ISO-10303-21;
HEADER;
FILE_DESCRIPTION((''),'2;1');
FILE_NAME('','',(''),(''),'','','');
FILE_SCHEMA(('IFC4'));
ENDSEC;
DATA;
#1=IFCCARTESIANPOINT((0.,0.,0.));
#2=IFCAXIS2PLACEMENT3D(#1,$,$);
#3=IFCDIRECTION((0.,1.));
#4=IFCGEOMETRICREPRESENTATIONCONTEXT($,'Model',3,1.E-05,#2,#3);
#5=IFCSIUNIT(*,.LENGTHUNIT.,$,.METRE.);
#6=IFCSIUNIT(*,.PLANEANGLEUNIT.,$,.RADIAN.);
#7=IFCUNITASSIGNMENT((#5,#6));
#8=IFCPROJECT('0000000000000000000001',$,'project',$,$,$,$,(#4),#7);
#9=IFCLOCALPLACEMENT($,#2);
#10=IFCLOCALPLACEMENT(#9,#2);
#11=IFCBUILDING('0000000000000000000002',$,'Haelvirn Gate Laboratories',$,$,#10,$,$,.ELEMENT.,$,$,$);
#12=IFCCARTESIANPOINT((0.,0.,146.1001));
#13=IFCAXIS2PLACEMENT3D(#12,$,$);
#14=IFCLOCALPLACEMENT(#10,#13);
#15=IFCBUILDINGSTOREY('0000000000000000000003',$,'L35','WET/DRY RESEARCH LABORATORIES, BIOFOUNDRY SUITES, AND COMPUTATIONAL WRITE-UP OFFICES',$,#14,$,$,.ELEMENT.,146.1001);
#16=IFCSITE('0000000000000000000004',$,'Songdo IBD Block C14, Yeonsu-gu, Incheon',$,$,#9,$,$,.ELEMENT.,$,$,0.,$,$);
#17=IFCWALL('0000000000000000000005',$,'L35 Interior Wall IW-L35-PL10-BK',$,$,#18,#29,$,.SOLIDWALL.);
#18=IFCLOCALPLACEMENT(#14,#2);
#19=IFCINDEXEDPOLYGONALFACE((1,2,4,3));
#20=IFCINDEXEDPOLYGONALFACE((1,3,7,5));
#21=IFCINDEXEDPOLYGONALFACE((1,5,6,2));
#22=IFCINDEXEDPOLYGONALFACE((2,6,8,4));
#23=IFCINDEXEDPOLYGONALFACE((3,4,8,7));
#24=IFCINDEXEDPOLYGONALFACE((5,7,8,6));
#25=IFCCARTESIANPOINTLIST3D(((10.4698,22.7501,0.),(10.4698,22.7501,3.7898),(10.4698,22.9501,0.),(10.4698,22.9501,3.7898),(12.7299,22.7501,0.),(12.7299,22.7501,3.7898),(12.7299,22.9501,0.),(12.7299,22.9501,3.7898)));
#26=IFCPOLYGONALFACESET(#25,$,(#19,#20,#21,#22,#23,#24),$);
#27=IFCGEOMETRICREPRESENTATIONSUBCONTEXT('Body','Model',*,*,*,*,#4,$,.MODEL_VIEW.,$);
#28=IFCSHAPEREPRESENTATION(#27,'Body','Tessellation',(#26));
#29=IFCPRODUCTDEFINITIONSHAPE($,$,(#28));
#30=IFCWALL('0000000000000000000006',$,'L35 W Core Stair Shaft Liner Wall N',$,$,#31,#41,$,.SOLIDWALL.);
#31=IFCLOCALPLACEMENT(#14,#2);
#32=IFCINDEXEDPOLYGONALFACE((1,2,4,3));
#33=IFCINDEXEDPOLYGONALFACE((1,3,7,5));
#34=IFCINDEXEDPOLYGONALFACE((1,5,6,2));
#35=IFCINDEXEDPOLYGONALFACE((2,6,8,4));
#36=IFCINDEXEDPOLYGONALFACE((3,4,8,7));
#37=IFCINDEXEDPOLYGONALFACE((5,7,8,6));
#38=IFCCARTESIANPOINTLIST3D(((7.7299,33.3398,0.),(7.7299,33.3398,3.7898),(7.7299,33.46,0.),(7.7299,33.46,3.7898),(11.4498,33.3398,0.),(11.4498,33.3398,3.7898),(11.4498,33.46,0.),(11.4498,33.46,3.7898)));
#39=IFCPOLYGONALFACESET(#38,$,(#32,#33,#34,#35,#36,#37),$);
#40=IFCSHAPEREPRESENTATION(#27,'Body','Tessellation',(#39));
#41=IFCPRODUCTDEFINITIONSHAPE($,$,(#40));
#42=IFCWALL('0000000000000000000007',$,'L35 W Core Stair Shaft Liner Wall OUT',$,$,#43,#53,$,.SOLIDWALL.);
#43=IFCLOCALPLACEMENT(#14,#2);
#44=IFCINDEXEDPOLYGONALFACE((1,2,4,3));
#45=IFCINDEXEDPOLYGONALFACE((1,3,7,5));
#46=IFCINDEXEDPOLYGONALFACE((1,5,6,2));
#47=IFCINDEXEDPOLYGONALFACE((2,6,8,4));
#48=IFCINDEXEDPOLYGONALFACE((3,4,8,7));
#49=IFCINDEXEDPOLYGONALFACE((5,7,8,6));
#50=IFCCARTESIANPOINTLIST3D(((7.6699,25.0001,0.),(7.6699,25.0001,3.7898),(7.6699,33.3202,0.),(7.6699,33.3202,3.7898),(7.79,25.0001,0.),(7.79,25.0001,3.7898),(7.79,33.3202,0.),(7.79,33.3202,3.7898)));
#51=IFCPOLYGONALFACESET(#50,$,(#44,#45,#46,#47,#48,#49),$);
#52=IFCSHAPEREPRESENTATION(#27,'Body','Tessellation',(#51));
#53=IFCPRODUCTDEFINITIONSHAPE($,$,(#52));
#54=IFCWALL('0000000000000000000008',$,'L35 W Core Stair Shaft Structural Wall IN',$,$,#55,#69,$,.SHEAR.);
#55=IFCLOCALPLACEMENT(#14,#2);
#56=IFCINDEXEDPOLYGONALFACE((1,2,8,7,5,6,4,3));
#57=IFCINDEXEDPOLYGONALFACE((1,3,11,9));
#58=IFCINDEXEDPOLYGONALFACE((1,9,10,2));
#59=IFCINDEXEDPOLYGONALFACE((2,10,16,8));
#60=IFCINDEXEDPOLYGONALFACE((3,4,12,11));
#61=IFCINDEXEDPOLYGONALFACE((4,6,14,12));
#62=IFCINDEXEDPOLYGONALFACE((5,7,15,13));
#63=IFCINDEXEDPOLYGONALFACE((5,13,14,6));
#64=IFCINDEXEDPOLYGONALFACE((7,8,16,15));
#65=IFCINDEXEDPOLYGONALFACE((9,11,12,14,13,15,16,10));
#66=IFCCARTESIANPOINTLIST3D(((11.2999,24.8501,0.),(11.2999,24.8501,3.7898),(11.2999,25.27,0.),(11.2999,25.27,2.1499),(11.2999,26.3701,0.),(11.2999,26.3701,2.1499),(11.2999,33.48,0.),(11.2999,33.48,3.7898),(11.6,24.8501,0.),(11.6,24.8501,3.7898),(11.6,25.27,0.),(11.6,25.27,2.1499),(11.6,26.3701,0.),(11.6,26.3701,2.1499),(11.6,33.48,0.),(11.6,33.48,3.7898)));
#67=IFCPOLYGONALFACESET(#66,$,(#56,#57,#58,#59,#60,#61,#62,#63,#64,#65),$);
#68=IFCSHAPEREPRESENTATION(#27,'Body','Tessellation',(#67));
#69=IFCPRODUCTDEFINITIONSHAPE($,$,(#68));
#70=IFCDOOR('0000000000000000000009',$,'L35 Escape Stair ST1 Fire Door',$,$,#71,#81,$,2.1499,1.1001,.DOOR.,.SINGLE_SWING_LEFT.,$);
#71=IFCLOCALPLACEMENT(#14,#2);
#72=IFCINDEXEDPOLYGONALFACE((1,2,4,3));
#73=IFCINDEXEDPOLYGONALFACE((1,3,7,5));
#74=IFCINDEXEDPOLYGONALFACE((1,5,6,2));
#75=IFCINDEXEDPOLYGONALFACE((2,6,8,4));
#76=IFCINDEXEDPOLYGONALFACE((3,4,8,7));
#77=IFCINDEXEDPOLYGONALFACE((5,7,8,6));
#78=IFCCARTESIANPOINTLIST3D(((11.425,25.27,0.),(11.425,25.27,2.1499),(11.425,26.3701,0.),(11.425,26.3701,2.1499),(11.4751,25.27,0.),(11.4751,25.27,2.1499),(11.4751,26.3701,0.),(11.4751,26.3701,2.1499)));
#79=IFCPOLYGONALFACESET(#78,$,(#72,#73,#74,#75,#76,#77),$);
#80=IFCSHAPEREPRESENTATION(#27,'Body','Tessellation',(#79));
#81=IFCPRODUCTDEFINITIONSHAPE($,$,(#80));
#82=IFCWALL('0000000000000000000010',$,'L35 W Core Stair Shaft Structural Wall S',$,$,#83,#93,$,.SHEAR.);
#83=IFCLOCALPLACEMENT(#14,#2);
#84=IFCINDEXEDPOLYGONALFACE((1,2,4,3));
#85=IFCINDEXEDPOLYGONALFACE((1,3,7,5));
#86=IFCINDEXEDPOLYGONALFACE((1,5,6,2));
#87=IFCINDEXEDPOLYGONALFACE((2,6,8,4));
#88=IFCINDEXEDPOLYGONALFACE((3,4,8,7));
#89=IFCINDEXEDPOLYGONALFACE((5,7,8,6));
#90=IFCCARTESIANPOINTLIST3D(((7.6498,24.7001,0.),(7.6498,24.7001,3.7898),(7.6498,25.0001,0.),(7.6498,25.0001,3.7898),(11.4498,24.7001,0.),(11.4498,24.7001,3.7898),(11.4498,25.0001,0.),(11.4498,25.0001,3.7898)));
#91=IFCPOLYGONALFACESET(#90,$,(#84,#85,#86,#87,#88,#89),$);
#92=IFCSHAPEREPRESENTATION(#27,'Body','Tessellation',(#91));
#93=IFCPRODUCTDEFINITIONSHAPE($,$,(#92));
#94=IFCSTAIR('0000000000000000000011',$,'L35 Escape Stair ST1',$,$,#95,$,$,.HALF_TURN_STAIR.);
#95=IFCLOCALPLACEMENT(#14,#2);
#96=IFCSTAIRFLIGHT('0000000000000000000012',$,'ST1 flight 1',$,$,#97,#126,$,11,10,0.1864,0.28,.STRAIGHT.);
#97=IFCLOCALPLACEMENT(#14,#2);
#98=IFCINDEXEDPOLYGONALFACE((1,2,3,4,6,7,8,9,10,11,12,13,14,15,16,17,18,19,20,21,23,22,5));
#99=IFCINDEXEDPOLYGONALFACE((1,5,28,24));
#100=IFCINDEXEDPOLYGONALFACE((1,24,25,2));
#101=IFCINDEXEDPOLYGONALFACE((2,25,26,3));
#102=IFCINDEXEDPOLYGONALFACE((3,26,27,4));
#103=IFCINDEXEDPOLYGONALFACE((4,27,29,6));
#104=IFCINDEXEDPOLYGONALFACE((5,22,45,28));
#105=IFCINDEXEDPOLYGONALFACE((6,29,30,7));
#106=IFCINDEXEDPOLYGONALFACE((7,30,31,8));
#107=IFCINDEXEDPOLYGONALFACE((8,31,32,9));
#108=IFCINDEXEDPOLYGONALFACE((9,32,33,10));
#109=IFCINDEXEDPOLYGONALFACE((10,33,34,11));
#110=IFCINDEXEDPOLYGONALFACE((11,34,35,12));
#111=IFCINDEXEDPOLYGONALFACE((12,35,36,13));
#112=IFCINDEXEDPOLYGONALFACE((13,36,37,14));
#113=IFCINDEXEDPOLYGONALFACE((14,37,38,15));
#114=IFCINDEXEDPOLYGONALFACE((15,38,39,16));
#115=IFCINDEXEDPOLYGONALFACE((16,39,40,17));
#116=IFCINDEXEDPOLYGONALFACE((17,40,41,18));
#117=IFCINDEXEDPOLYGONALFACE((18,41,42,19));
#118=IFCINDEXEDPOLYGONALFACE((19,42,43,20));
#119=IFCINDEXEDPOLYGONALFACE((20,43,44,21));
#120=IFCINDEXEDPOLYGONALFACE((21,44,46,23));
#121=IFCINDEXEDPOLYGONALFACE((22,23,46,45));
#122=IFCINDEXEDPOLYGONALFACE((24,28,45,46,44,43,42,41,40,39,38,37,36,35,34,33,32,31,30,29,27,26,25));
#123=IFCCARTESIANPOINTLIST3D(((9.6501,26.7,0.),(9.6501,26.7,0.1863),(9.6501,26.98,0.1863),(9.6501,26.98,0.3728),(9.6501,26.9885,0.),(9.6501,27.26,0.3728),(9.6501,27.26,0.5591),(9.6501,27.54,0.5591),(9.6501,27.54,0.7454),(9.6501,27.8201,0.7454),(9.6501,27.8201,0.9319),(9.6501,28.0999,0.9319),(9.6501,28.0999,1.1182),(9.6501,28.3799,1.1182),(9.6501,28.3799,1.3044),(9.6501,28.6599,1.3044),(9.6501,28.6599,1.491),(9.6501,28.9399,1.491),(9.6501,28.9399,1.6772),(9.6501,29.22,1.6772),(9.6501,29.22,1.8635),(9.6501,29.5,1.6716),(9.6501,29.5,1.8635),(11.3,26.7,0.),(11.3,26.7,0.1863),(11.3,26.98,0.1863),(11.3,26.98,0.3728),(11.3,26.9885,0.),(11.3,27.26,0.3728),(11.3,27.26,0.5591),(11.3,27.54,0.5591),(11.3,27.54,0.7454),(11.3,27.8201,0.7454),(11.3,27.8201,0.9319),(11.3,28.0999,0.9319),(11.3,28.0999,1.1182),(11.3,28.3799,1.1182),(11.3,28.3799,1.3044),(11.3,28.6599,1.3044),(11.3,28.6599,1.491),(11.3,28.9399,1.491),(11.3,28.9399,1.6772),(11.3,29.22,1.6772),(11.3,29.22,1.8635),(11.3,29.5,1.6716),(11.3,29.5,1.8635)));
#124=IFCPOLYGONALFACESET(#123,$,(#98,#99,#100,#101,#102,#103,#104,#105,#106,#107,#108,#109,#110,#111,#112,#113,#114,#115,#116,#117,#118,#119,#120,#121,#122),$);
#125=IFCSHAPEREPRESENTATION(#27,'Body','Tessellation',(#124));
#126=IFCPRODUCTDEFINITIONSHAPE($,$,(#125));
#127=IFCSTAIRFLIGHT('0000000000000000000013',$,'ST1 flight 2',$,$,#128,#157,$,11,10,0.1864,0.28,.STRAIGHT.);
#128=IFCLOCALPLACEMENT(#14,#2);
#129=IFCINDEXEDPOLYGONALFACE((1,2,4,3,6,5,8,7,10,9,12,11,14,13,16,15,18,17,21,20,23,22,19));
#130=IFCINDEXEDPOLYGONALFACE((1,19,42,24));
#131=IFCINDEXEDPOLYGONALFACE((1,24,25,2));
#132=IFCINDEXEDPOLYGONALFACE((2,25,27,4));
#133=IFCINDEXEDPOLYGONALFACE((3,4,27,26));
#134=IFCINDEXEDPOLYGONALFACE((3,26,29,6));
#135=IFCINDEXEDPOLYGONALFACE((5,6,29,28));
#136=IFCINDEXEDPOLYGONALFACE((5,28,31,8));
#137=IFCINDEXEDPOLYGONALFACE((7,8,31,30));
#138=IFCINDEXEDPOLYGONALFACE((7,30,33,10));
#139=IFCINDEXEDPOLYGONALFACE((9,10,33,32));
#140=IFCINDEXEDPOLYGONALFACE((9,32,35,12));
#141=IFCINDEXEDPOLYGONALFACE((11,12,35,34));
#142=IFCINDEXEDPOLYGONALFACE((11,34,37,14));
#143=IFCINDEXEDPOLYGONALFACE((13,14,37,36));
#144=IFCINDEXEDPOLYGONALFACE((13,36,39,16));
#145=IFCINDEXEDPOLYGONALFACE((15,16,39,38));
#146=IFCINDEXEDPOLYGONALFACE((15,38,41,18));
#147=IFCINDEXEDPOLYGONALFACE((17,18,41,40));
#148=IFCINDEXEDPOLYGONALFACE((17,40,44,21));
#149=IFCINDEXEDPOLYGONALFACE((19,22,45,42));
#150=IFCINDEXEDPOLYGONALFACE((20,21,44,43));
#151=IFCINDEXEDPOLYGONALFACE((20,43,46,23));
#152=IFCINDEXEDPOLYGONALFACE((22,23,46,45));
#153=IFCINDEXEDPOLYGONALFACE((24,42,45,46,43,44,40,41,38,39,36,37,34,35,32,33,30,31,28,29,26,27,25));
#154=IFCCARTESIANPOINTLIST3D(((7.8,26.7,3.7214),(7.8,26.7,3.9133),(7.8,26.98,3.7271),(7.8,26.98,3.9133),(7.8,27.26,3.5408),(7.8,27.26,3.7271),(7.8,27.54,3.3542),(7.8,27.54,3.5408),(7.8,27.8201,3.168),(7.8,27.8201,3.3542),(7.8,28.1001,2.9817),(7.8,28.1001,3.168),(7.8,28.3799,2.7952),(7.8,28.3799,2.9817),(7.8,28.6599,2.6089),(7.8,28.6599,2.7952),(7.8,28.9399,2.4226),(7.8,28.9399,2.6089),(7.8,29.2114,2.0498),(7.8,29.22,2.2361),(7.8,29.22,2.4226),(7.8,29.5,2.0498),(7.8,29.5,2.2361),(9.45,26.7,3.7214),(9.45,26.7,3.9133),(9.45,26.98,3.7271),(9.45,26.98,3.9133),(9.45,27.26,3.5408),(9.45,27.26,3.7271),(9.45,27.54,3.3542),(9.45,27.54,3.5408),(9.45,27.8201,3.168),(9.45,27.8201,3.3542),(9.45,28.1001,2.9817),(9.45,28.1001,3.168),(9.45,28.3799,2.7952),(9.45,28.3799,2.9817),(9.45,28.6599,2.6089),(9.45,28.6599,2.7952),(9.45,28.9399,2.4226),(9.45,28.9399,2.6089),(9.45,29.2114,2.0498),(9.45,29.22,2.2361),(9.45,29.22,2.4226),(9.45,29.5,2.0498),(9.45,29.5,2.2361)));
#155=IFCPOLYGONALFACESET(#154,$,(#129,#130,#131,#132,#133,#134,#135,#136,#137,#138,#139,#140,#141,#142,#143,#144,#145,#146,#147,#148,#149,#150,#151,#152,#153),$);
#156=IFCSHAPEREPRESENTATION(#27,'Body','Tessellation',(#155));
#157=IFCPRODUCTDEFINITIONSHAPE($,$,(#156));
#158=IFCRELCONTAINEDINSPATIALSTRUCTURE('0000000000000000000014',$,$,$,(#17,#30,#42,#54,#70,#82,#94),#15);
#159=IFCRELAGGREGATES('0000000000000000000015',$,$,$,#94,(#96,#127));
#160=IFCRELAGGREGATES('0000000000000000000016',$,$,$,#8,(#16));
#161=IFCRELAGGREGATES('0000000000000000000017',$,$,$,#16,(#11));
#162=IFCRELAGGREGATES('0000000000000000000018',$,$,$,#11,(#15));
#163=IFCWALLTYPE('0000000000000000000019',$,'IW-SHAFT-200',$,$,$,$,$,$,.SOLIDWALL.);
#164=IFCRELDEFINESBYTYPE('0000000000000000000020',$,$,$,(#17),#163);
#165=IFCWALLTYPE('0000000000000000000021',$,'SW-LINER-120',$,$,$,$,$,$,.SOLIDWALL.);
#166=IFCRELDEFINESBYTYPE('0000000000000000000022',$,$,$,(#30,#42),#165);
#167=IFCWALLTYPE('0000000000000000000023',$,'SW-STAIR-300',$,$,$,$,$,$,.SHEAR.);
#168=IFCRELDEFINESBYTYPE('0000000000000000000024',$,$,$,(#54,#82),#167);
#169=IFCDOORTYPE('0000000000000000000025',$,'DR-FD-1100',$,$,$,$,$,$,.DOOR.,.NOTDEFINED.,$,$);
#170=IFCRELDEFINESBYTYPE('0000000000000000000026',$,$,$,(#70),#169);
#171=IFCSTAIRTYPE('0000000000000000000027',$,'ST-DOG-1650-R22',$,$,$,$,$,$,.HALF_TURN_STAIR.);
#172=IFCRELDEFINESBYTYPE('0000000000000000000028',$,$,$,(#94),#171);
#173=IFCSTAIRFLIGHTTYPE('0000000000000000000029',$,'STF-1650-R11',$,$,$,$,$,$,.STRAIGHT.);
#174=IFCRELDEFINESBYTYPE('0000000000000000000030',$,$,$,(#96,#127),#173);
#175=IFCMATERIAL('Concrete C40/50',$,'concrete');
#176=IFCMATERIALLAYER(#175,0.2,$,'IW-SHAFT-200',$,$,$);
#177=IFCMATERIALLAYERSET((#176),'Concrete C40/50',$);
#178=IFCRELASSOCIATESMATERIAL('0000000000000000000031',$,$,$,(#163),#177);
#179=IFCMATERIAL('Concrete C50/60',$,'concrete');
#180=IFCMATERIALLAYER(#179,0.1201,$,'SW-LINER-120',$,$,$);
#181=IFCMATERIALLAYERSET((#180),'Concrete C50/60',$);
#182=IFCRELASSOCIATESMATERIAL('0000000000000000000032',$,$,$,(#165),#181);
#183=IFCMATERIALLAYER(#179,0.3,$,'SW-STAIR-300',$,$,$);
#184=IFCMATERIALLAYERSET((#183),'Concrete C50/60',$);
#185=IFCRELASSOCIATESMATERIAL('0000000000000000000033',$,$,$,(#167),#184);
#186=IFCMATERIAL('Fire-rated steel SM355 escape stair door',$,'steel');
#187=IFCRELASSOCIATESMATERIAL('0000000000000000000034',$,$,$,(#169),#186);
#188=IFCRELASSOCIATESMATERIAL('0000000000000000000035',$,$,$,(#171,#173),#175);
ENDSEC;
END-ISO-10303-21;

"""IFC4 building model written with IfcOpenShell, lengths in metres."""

from ifc_helpers import new_model, si_unit, direction, frame, frame_2d, origin, place, context, subcontext, project, spatial, polyline, rectangle, outline, extrude, source, transform, mapped, material, layer, layer_set, type_object, type_shapes, element, fill, aggregate, save


model = new_model("IFC4")

# Units and contexts
model_context = context("Model", 3, precision=1e-05, world=origin(), true_north=direction((0.0, 1.0)))
body_context = subcontext(model_context, "Body", "Model", "MODEL_VIEW")
ifc_project = project(units=[si_unit("LENGTHUNIT", "METRE"), si_unit("PLANEANGLEUNIT", "RADIAN")], contexts=[model_context])

# Site, building, storey
site_placement = place(None, origin())
site = spatial("IfcSite", under=ifc_project, at=site_placement, Name="Songdo IBD Block C14, Yeonsu-gu, Incheon", CompositionType="ELEMENT", RefElevation=0.0)
building_placement = place(site_placement, origin())
building = spatial("IfcBuilding", under=site, at=building_placement, Name="Haelvirn Gate Laboratories", CompositionType="ELEMENT")
storey_placement = place(building_placement, frame((0.0, 0.0, 146.1001)))
storey = spatial("IfcBuildingStorey", under=building, at=storey_placement, Name="L35", Description="WET/DRY RESEARCH LABORATORIES, BIOFOUNDRY SUITES, AND COMPUTATIONAL WRITE-UP OFFICES", CompositionType="ELEMENT", Elevation=146.1001)

# Wall
ifc_material_1 = material(Name="Concrete C40/50", Category="concrete")
ifc_layer_1 = layer(ifc_material_1, 0.2, Name="IW-SHAFT-200")
ifc_layer_set_1 = layer_set([ifc_layer_1], Name="Concrete C40/50")
wall_type_1 = type_object("IfcWallType", Name="IW-SHAFT-200", PredefinedType="SOLIDWALL", material=ifc_layer_set_1)
wall_1_placement = place(storey_placement, frame((10.47, 22.8501, 0.0), z_axis=(0.0, 0.0, 1.0), x_axis=(1.0, 0.0, 0.0)))
element("IfcWall", 1, at=wall_1_placement, inside=storey, type_object=wall_type_1, Name="L35 Interior Wall IW-L35-PL10-BK", PredefinedType="SOLIDWALL", context=body_context, shape_type="SweptSolid", body=[
    extrude(rectangle(XDim=2.26, YDim=0.2, at=frame_2d((1.1299, 0.0))), origin(), (0.0, 0.0, 1.0), 3.7898),
])

# Walls
ifc_material_2 = material(Name="Concrete C50/60", Category="concrete")
ifc_layer_2 = layer(ifc_material_2, 0.1201, Name="SW-LINER-120")
ifc_layer_set_2 = layer_set([ifc_layer_2], Name="Concrete C50/60")
wall_type_2 = type_object("IfcWallType", Name="SW-LINER-120", PredefinedType="SOLIDWALL", material=ifc_layer_set_2)
wall_2_placement = place(storey_placement, frame((7.73, 33.3999, 0.0), z_axis=(0.0, 0.0, 1.0), x_axis=(1.0, 0.0, 0.0)))
element("IfcWall", 2, at=wall_2_placement, inside=storey, type_object=wall_type_2, Name="L35 W Core Stair Shaft Liner Wall N", PredefinedType="SOLIDWALL", context=body_context, shape_type="SweptSolid", body=[
    extrude(rectangle(XDim=3.72, YDim=0.1201, at=frame_2d((1.8599, 0.0))), origin(), (0.0, 0.0, 1.0), 3.7898),
])
wall_3_placement = place(storey_placement, frame((7.73, 25.0, 0.0), z_axis=(0.0, 0.0, 1.0), x_axis=(0.0, 1.0, 0.0)))
element("IfcWall", 3, at=wall_3_placement, inside=storey, type_object=wall_type_2, Name="L35 W Core Stair Shaft Liner Wall OUT", PredefinedType="SOLIDWALL", context=body_context, shape_type="SweptSolid", body=[
    extrude(rectangle(XDim=8.3201, YDim=0.1201, at=frame_2d((4.1602, 0.0))), origin(), (0.0, 0.0, 1.0), 3.7898),
])

# Wall, opening, door
ifc_layer_3 = layer(ifc_material_2, 0.3, Name="SW-STAIR-300")
ifc_layer_set_3 = layer_set([ifc_layer_3], Name="Concrete C50/60")
wall_type_3 = type_object("IfcWallType", Name="SW-STAIR-300", PredefinedType="SHEAR", material=ifc_layer_set_3)
wall_4_placement = place(storey_placement, frame((11.45, 24.8501, 0.0), z_axis=(0.0, 0.0, 1.0), x_axis=(0.0, 1.0, 0.0)))
wall_4 = element("IfcWall", 4, at=wall_4_placement, inside=storey, type_object=wall_type_3, Name="L35 W Core Stair Shaft Structural Wall IN", PredefinedType="SHEAR", context=body_context, shape_type="SweptSolid", body=[
    extrude(rectangle(XDim=8.6299, YDim=0.3, at=frame_2d((4.3149, 0.0))), origin(), (0.0, 0.0, 1.0), 3.7898),
])
opening_1_placement = place(wall_4_placement, frame((0.4199, 0.0, 0.0)))
opening_1 = element("IfcOpeningElement", 5, at=opening_1_placement, cuts=wall_4, PredefinedType="OPENING", context=body_context, shape_type="SweptSolid", body=[
    extrude(rectangle(XDim=1.1001, YDim=2.1499, at=frame_2d((0.55, 1.075))), frame((0.0, 0.1602, 0.0), z_axis=(0.0, -1.0, 0.0), x_axis=(1.0, 0.0, 0.0)), (0.0, 0.0, 1.0), 0.3201),
])
ifc_material_3 = material(Name="Fire-rated steel SM355 escape stair door", Category="steel")
door_type_1 = type_object("IfcDoorType", Name="DR-FD-1100", OperationType="NOTDEFINED", PredefinedType="DOOR", material=ifc_material_3)
shared_shape_1 = source(origin(), body_context, "Body", "SweptSolid", [
    extrude(rectangle(XDim=1.1001, YDim=2.1499, at=frame_2d((0.55, 1.075))), frame((0.0, 0.0249, 0.0), z_axis=(0.0, -1.0, 0.0), x_axis=(1.0, 0.0, 0.0)), (0.0, 0.0, 1.0), 0.05),
])
type_shapes(door_type_1, [shared_shape_1])
door_1_placement = place(opening_1_placement, origin())
door_1 = element("IfcDoor", 6, at=door_1_placement, inside=storey, type_object=door_type_1, Name="L35 Escape Stair ST1 Fire Door", OperationType="SINGLE_SWING_LEFT", OverallHeight=2.1499, OverallWidth=1.1001, PredefinedType="DOOR", context=body_context, shape_type="MappedRepresentation", body=[
    mapped(shared_shape_1, transform((0.0, 0.0, 0.0), scale=1.0)),
])
fill(opening_1, door_1)

# Wall
wall_5_placement = place(storey_placement, frame((7.6499, 24.8501, 0.0), z_axis=(0.0, 0.0, 1.0), x_axis=(1.0, 0.0, 0.0)))
element("IfcWall", 7, at=wall_5_placement, inside=storey, type_object=wall_type_3, Name="L35 W Core Stair Shaft Structural Wall S", PredefinedType="SHEAR", context=body_context, shape_type="SweptSolid", body=[
    extrude(rectangle(XDim=3.8, YDim=0.3, at=frame_2d((1.8999, 0.0))), origin(), (0.0, 0.0, 1.0), 3.7898),
])

# Stair, stair flights
stair_type = type_object("IfcStairType", Name="ST-DOG-1650-R22", PredefinedType="HALF_TURN_STAIR", material=ifc_material_1)
stair_placement = place(storey_placement, origin())
stair = element("IfcStair", 8, at=stair_placement, inside=storey, type_object=stair_type, Name="L35 Escape Stair ST1", PredefinedType="HALF_TURN_STAIR")
stair_flight_type = type_object("IfcStairFlightType", Name="STF-1650-R11", PredefinedType="STRAIGHT", material=ifc_material_1)
shared_shape_2 = source(origin(), body_context, "Body", "SweptSolid", [
    extrude(outline(polyline([(0.0, 0.0), (0.0, 0.1863), (0.28, 0.1863), (0.28, 0.3728), (0.5601, 0.3728), (0.5601, 0.5591), (0.8401, 0.5591), (0.8401, 0.7454), (1.1201, 0.7454), (1.1201, 0.9319), (1.3999, 0.9319), (1.3999, 1.1182), (1.6799, 1.1182), (1.6799, 1.3044), (1.96, 1.3044), (1.96, 1.491), (2.24, 1.491), (2.24, 1.6772), (2.52, 1.6772), (2.52, 1.8635), (2.8, 1.8635), (2.8, 2.05), (2.8, 1.6716), (0.2886, 0.0), (0.0, 0.0)])), frame((0.0, 0.825, 0.0), z_axis=(0.0, -1.0, 0.0), x_axis=(1.0, 0.0, 0.0)), (0.0, 0.0, 1.0), 1.6499),
])
type_shapes(stair_flight_type, [shared_shape_2])
stair_flight_1_placement = place(storey_placement, frame((10.4751, 26.7, 0.0), z_axis=(0.0, 0.0, 1.0), x_axis=(0.0, 1.0, 0.0)))
stair_flight_1 = element("IfcStairFlight", 9, at=stair_flight_1_placement, type_object=stair_flight_type, Name="ST1 flight 1", NumberOfRisers=11, NumberOfTreads=10, PredefinedType="STRAIGHT", RiserHeight=0.1864, TreadLength=0.28, context=body_context, shape_type="MappedRepresentation", body=[
    mapped(shared_shape_2, transform((0.0, 0.0, 0.0), scale=1.0)),
])
stair_flight_2_placement = place(storey_placement, frame((8.625, 29.5, 2.0498), z_axis=(0.0, 0.0, 1.0), x_axis=(0.0, -1.0, 0.0)))
stair_flight_2 = element("IfcStairFlight", 10, at=stair_flight_2_placement, type_object=stair_flight_type, Name="ST1 flight 2", NumberOfRisers=11, NumberOfTreads=10, PredefinedType="STRAIGHT", RiserHeight=0.1864, TreadLength=0.28, context=body_context, shape_type="MappedRepresentation", body=[
    mapped(shared_shape_2, transform((0.0, 0.0, 0.0), scale=1.0)),
])
aggregate(stair, [stair_flight_1, stair_flight_2])

save(model, "model.ifc")
